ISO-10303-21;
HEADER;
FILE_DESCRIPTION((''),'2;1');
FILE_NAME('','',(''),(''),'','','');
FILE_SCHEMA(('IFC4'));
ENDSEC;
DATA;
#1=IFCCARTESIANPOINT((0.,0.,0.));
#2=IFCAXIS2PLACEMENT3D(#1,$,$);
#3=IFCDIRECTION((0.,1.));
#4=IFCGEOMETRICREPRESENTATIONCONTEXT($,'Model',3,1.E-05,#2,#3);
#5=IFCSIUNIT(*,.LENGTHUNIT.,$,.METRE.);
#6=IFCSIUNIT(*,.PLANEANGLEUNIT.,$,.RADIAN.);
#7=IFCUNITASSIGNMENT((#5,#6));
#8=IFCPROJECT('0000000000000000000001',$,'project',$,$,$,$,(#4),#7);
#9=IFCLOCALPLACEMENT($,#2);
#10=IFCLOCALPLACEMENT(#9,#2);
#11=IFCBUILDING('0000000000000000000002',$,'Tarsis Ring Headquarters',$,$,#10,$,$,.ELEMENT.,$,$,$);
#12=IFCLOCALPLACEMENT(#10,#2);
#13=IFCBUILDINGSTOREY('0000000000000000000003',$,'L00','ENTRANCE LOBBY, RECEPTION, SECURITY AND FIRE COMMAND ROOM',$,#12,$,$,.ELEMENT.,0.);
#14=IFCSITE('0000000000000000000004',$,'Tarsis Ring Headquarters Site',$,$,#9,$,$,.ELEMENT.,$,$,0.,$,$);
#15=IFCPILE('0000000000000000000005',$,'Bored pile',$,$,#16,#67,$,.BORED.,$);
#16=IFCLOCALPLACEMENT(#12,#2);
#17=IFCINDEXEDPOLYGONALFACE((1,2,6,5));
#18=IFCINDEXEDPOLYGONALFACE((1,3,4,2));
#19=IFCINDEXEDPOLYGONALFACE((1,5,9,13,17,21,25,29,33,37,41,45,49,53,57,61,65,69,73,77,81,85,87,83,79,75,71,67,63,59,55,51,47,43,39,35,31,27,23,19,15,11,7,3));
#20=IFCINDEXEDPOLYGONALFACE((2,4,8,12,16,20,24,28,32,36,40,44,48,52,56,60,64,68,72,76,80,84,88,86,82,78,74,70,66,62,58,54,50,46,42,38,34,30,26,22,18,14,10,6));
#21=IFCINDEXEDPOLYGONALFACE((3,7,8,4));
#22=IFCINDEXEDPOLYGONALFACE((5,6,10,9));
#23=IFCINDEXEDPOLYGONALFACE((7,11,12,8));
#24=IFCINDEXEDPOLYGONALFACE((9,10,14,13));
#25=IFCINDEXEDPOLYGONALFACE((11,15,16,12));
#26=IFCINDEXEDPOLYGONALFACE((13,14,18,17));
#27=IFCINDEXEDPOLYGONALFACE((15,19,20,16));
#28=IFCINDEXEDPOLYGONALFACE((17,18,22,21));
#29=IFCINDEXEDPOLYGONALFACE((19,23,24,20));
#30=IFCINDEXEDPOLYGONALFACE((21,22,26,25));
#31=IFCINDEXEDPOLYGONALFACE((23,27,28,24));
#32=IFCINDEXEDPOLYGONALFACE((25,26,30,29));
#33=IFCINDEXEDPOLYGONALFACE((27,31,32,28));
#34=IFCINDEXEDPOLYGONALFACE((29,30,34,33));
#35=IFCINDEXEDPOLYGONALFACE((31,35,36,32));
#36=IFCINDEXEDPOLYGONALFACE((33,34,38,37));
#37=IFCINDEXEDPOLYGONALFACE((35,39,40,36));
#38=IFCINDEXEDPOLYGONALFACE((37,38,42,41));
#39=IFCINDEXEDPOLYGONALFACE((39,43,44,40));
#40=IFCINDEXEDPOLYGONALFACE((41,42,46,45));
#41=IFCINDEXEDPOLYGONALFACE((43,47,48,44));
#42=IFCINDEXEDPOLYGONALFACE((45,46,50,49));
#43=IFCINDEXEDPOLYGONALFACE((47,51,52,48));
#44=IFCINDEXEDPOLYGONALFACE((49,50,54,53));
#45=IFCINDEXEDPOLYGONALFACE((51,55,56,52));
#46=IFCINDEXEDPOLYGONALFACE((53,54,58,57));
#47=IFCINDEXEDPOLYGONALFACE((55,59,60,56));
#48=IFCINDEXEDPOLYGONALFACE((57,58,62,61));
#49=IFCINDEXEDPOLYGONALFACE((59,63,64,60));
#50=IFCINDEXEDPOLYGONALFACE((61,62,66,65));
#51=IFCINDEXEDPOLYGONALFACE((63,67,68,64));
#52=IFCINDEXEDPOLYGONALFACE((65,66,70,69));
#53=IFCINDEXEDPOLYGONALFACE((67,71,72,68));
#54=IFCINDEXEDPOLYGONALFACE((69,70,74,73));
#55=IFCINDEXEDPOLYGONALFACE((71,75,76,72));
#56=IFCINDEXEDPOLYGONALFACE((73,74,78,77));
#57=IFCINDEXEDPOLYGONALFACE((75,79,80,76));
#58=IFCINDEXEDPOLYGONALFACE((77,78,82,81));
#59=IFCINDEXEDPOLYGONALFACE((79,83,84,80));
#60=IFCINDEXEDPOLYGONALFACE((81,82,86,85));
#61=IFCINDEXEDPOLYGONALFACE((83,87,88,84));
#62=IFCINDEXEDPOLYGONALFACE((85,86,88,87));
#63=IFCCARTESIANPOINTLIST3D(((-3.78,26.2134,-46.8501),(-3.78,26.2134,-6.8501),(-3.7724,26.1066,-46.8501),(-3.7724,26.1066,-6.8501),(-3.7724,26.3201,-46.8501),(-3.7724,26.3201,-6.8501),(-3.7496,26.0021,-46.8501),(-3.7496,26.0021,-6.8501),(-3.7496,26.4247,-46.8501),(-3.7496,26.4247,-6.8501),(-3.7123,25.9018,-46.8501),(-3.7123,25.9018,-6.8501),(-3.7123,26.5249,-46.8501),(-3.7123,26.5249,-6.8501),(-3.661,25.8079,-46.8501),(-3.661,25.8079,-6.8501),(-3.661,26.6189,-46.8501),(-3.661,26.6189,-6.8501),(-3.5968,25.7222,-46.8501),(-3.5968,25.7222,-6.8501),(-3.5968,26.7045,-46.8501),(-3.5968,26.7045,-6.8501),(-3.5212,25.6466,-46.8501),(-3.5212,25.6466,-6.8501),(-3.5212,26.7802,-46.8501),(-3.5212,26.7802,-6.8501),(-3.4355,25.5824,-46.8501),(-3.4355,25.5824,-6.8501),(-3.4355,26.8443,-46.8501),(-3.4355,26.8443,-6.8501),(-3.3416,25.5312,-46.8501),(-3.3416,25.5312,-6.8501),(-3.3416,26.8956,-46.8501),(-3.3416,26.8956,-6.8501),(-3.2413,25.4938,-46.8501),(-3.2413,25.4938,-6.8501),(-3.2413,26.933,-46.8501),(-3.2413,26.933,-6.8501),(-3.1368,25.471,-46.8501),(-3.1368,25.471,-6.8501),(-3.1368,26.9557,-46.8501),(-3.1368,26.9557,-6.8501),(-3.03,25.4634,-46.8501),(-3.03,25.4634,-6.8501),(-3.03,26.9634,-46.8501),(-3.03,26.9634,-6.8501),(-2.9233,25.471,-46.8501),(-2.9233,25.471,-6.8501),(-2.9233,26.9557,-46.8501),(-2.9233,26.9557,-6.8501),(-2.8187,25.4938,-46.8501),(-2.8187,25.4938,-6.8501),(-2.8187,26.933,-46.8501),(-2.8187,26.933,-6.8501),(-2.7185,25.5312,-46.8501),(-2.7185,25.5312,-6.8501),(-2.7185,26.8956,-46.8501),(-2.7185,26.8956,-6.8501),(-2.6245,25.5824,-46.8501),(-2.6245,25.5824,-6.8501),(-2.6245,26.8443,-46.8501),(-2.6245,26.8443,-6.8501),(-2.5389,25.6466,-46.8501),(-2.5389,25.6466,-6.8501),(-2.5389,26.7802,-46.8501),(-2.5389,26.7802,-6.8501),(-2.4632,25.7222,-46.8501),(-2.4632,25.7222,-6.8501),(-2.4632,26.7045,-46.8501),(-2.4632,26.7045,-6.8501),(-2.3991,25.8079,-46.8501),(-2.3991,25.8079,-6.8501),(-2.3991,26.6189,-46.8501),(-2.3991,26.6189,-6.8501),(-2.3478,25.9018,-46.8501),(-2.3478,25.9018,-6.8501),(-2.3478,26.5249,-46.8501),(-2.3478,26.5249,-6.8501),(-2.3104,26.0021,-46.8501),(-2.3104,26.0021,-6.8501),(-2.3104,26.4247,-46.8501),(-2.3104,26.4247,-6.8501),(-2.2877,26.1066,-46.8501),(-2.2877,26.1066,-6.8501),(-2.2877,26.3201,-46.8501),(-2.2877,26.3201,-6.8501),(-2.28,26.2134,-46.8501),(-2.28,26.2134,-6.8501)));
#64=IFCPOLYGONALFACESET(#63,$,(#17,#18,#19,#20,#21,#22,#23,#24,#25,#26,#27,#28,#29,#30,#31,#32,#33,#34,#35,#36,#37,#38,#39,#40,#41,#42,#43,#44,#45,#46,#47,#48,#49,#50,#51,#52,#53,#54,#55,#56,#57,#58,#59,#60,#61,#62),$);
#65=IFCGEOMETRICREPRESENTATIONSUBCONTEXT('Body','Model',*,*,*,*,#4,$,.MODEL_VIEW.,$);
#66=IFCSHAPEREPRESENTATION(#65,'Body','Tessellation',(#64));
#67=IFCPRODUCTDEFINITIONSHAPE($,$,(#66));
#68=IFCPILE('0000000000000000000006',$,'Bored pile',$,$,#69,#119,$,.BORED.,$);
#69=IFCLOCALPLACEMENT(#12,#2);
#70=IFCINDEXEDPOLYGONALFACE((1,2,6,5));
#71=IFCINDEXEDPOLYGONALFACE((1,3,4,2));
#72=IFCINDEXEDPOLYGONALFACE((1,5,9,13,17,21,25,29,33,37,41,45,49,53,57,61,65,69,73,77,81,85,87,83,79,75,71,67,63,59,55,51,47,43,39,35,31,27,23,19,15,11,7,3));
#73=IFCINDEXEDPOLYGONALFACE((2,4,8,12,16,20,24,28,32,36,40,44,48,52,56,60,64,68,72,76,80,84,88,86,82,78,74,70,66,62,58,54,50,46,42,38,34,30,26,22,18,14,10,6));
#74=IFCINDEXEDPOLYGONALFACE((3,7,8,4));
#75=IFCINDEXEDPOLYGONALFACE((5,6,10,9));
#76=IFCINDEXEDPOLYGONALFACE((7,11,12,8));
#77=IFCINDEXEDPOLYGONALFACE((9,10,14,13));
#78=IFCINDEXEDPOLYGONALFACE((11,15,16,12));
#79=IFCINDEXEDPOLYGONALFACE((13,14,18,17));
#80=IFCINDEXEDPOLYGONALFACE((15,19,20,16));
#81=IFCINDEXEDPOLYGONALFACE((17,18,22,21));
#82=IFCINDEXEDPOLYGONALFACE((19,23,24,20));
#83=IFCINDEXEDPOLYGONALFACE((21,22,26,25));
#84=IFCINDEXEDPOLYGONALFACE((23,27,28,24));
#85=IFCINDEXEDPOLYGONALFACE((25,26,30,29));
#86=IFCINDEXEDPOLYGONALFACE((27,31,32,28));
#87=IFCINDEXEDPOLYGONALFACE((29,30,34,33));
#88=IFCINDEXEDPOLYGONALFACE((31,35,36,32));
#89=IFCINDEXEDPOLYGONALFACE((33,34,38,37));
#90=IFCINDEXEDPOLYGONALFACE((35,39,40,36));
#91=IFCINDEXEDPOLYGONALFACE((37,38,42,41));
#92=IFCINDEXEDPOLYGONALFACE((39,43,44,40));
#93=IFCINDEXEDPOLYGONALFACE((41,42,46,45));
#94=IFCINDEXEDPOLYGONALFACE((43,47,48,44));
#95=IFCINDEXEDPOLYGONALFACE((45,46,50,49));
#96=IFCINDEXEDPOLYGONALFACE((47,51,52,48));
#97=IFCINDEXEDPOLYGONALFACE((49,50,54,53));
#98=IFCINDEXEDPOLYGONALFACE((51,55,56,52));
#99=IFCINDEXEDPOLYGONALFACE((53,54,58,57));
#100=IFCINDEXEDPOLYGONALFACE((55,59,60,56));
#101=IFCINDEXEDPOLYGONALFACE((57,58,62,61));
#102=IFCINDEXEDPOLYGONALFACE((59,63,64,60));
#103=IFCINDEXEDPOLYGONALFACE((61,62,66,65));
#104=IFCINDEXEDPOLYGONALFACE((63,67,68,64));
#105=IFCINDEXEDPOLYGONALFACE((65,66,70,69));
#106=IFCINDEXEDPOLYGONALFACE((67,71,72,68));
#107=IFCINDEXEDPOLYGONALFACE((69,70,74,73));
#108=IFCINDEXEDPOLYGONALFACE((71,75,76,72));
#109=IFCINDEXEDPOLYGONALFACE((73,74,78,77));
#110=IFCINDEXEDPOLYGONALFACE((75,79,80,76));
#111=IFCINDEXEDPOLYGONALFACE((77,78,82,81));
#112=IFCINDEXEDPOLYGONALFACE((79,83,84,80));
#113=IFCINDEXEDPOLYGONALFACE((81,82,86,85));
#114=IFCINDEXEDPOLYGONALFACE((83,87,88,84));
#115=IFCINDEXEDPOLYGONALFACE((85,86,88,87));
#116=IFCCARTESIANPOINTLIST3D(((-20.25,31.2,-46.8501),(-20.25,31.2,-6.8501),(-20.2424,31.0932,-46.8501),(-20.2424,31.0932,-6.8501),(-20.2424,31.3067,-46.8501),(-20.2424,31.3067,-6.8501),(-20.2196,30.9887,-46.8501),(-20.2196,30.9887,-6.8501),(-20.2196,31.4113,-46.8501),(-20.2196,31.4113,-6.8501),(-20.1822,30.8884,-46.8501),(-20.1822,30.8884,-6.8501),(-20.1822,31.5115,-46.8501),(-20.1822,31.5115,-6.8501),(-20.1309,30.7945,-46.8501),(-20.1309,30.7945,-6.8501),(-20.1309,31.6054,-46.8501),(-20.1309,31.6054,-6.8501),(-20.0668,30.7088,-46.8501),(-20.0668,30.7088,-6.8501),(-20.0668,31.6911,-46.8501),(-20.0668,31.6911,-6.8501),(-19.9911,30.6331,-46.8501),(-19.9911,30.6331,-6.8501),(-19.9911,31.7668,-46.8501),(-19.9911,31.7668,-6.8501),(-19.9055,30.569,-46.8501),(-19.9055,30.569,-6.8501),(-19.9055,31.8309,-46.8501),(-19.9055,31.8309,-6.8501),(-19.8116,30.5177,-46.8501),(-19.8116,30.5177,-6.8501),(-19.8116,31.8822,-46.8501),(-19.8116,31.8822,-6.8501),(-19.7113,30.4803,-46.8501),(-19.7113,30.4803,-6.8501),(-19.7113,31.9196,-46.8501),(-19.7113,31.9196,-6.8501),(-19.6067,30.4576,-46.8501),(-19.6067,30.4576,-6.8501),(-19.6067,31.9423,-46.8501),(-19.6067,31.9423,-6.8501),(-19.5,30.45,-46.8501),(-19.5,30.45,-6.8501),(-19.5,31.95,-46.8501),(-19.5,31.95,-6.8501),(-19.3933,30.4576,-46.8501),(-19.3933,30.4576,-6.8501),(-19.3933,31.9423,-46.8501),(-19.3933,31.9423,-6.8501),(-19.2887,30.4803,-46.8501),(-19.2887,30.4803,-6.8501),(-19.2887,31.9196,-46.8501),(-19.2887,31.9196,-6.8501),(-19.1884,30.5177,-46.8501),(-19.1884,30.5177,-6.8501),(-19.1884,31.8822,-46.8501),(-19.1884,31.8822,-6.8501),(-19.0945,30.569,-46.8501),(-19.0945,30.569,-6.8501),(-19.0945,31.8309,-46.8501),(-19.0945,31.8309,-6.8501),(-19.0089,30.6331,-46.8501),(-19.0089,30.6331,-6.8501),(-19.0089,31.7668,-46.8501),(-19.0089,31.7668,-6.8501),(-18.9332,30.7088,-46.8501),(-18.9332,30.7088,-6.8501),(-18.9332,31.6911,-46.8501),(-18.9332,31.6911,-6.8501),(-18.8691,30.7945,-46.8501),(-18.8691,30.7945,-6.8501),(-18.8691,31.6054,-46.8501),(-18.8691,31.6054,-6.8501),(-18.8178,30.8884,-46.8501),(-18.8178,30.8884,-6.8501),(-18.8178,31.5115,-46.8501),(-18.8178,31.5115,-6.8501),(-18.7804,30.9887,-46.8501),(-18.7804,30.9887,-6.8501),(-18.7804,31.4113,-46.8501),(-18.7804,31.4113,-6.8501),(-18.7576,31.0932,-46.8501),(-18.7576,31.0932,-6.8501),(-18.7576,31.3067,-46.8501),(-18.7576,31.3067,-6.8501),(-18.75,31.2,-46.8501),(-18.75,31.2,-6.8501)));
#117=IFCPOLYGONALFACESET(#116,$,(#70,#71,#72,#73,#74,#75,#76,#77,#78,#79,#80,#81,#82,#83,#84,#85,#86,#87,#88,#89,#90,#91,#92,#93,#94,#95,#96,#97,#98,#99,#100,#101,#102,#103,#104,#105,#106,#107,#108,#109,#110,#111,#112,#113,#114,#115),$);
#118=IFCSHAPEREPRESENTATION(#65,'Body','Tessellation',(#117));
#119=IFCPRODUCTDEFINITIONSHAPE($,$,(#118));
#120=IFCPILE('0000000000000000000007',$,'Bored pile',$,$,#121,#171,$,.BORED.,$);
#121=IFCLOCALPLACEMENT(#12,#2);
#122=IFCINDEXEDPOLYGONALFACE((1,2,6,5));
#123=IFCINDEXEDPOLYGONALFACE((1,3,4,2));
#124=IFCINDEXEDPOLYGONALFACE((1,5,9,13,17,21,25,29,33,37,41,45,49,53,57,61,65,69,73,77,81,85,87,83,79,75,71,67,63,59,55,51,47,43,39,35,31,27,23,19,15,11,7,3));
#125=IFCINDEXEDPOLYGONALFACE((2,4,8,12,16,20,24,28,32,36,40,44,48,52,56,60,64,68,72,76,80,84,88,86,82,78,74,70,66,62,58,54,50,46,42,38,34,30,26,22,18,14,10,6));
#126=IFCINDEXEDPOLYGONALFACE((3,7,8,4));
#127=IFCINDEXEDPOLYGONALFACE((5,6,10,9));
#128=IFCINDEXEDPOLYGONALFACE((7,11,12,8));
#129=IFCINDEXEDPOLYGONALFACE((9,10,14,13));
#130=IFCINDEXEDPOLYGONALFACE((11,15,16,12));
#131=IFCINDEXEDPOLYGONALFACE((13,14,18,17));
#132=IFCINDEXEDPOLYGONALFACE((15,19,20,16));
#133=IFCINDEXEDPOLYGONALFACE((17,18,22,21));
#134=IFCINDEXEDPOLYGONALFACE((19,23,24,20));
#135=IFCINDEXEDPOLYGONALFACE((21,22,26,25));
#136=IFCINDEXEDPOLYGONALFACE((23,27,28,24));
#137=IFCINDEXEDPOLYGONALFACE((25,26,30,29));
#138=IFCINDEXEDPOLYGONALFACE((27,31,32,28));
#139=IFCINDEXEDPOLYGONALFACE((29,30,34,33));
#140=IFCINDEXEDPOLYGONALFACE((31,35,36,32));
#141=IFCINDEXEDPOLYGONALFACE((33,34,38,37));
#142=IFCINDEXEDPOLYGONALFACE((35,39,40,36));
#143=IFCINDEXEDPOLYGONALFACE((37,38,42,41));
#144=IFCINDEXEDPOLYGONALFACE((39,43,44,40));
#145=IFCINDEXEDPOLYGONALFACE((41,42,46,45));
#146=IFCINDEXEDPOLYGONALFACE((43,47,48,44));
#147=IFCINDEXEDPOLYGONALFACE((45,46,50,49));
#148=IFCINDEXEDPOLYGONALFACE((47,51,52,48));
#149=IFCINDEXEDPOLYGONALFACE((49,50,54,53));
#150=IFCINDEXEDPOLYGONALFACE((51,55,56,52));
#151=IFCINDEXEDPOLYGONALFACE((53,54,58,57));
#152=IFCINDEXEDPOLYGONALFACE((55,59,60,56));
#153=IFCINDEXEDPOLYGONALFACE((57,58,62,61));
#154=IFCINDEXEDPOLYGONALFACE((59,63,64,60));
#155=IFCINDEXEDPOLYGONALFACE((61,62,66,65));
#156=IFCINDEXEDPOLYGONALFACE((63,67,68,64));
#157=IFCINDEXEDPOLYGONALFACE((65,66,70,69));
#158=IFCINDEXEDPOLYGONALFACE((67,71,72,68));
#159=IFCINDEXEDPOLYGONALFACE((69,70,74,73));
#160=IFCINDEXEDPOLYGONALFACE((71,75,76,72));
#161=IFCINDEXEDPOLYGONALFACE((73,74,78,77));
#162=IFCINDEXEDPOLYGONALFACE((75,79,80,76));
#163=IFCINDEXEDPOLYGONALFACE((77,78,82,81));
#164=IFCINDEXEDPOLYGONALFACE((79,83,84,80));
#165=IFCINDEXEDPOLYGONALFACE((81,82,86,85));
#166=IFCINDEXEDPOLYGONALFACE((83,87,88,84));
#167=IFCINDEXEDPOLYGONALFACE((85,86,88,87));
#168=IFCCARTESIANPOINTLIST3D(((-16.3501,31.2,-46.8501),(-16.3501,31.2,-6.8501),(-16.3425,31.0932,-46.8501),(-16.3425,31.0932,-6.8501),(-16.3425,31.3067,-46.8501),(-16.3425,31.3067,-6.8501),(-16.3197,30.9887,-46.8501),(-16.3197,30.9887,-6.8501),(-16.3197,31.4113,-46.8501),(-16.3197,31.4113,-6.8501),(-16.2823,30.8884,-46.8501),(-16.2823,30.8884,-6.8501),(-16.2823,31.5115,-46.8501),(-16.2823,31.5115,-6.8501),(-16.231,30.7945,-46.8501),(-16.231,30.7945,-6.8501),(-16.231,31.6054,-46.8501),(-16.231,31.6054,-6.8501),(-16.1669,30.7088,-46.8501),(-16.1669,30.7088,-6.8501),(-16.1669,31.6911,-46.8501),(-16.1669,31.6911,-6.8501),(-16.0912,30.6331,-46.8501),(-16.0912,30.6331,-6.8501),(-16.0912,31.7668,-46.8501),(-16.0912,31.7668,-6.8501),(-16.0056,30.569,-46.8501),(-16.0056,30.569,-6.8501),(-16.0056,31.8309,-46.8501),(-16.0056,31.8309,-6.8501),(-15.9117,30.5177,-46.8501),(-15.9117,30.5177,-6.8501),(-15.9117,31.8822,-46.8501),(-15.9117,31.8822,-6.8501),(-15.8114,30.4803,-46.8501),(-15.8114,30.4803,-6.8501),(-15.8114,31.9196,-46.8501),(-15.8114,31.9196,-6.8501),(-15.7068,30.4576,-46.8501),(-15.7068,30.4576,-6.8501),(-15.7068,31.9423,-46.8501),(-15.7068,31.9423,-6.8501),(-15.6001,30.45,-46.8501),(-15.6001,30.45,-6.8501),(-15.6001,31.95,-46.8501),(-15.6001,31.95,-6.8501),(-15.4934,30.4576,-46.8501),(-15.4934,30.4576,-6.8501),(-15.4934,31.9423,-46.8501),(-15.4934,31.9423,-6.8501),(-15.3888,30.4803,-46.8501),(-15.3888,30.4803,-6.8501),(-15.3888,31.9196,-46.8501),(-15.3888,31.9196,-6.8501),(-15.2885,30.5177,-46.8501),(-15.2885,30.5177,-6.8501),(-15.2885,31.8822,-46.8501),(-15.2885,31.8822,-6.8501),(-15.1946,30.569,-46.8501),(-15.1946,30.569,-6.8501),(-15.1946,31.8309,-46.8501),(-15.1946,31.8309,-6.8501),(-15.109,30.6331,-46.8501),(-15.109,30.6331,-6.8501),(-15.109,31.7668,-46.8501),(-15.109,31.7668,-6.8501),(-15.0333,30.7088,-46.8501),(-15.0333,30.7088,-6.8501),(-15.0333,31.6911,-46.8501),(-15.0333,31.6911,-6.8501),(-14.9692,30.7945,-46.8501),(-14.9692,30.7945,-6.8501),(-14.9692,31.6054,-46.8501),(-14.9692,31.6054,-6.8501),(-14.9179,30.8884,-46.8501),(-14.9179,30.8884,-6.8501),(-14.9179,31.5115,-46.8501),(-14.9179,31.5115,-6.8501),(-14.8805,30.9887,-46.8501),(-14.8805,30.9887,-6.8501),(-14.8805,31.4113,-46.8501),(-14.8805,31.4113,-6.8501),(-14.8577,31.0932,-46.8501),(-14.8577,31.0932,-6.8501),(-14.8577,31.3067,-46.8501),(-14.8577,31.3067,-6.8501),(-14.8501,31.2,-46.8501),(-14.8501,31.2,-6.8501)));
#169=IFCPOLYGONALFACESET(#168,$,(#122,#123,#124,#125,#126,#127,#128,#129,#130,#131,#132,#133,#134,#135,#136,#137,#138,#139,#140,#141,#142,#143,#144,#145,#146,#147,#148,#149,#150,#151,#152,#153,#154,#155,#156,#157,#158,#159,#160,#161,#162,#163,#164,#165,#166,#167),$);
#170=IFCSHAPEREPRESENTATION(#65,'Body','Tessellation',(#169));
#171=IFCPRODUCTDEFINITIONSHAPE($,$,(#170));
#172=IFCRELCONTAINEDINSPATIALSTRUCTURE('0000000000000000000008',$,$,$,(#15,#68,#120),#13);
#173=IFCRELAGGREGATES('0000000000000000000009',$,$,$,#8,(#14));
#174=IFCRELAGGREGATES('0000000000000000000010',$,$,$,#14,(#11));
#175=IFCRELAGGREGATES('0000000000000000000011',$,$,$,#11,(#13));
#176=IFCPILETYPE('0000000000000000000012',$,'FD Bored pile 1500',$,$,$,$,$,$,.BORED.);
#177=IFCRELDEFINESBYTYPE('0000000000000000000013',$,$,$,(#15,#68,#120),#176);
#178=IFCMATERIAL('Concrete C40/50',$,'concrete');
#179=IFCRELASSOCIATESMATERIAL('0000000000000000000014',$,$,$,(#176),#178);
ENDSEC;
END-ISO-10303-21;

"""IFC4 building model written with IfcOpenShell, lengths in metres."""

from ifc_helpers import new_model, si_unit, direction, frame, origin, origin_2d, place, context, subcontext, project, spatial, circle, extrude, material, material_profile, profile_set, type_object, element, save


model = new_model("IFC4")

# Units and contexts
model_context = context("Model", 3, precision=1e-05, world=origin(), true_north=direction((0.0, 1.0)))
body_context = subcontext(model_context, "Body", "Model", "MODEL_VIEW")
ifc_project = project(units=[si_unit("LENGTHUNIT", "METRE"), si_unit("PLANEANGLEUNIT", "RADIAN")], contexts=[model_context])

# Site, building, storey
site_placement = place(None, origin())
site = spatial("IfcSite", under=ifc_project, at=site_placement, Name="Tarsis Ring Headquarters Site", CompositionType="ELEMENT", RefElevation=0.0)
building_placement = place(site_placement, origin())
building = spatial("IfcBuilding", under=site, at=building_placement, Name="Tarsis Ring Headquarters", CompositionType="ELEMENT")
storey_placement = place(building_placement, origin())
storey = spatial("IfcBuildingStorey", under=building, at=storey_placement, Name="L00", Description="ENTRANCE LOBBY, RECEPTION, SECURITY AND FIRE COMMAND ROOM", CompositionType="ELEMENT", Elevation=0.0)

# Piles
ifc_material_1 = material(Name="Concrete C40/50", Category="concrete")
ifc_material_profile_1 = material_profile(ifc_material_1, circle(Radius=0.75, at=origin_2d()), Name="BORED 1500")
ifc_profile_set_1 = profile_set([ifc_material_profile_1], Name="Concrete C40/50")
pile_type_1 = type_object("IfcPileType", Name="FD Bored pile 1500", PredefinedType="BORED", material=ifc_profile_set_1)
for number, where, z_axis, x_axis, name in (
    (1, (-3.03, 26.2134, -6.8501), (0.0, 0.0, -1.0), (1.0, 0.0, 0.0), "Bored pile"),
    (2, (-19.5, 31.2, -6.8501), (0.0, 0.0, -1.0), (1.0, 0.0, 0.0), "Bored pile"),
    (3, (-15.6001, 31.2, -6.8501), (0.0, 0.0, -1.0), (1.0, 0.0, 0.0), "Bored pile"),
):
    element("IfcPile", number, at=place(storey_placement, frame(where, z_axis=z_axis, x_axis=x_axis)), inside=storey, type_object=pile_type_1, Name=name, PredefinedType="BORED", context=body_context, shape_type="SweptSolid", body=[
        extrude(circle(Radius=0.75, at=origin_2d()), origin(), (0.0, 0.0, 1.0), 40.0),
    ])

save(model, "model.ifc")
